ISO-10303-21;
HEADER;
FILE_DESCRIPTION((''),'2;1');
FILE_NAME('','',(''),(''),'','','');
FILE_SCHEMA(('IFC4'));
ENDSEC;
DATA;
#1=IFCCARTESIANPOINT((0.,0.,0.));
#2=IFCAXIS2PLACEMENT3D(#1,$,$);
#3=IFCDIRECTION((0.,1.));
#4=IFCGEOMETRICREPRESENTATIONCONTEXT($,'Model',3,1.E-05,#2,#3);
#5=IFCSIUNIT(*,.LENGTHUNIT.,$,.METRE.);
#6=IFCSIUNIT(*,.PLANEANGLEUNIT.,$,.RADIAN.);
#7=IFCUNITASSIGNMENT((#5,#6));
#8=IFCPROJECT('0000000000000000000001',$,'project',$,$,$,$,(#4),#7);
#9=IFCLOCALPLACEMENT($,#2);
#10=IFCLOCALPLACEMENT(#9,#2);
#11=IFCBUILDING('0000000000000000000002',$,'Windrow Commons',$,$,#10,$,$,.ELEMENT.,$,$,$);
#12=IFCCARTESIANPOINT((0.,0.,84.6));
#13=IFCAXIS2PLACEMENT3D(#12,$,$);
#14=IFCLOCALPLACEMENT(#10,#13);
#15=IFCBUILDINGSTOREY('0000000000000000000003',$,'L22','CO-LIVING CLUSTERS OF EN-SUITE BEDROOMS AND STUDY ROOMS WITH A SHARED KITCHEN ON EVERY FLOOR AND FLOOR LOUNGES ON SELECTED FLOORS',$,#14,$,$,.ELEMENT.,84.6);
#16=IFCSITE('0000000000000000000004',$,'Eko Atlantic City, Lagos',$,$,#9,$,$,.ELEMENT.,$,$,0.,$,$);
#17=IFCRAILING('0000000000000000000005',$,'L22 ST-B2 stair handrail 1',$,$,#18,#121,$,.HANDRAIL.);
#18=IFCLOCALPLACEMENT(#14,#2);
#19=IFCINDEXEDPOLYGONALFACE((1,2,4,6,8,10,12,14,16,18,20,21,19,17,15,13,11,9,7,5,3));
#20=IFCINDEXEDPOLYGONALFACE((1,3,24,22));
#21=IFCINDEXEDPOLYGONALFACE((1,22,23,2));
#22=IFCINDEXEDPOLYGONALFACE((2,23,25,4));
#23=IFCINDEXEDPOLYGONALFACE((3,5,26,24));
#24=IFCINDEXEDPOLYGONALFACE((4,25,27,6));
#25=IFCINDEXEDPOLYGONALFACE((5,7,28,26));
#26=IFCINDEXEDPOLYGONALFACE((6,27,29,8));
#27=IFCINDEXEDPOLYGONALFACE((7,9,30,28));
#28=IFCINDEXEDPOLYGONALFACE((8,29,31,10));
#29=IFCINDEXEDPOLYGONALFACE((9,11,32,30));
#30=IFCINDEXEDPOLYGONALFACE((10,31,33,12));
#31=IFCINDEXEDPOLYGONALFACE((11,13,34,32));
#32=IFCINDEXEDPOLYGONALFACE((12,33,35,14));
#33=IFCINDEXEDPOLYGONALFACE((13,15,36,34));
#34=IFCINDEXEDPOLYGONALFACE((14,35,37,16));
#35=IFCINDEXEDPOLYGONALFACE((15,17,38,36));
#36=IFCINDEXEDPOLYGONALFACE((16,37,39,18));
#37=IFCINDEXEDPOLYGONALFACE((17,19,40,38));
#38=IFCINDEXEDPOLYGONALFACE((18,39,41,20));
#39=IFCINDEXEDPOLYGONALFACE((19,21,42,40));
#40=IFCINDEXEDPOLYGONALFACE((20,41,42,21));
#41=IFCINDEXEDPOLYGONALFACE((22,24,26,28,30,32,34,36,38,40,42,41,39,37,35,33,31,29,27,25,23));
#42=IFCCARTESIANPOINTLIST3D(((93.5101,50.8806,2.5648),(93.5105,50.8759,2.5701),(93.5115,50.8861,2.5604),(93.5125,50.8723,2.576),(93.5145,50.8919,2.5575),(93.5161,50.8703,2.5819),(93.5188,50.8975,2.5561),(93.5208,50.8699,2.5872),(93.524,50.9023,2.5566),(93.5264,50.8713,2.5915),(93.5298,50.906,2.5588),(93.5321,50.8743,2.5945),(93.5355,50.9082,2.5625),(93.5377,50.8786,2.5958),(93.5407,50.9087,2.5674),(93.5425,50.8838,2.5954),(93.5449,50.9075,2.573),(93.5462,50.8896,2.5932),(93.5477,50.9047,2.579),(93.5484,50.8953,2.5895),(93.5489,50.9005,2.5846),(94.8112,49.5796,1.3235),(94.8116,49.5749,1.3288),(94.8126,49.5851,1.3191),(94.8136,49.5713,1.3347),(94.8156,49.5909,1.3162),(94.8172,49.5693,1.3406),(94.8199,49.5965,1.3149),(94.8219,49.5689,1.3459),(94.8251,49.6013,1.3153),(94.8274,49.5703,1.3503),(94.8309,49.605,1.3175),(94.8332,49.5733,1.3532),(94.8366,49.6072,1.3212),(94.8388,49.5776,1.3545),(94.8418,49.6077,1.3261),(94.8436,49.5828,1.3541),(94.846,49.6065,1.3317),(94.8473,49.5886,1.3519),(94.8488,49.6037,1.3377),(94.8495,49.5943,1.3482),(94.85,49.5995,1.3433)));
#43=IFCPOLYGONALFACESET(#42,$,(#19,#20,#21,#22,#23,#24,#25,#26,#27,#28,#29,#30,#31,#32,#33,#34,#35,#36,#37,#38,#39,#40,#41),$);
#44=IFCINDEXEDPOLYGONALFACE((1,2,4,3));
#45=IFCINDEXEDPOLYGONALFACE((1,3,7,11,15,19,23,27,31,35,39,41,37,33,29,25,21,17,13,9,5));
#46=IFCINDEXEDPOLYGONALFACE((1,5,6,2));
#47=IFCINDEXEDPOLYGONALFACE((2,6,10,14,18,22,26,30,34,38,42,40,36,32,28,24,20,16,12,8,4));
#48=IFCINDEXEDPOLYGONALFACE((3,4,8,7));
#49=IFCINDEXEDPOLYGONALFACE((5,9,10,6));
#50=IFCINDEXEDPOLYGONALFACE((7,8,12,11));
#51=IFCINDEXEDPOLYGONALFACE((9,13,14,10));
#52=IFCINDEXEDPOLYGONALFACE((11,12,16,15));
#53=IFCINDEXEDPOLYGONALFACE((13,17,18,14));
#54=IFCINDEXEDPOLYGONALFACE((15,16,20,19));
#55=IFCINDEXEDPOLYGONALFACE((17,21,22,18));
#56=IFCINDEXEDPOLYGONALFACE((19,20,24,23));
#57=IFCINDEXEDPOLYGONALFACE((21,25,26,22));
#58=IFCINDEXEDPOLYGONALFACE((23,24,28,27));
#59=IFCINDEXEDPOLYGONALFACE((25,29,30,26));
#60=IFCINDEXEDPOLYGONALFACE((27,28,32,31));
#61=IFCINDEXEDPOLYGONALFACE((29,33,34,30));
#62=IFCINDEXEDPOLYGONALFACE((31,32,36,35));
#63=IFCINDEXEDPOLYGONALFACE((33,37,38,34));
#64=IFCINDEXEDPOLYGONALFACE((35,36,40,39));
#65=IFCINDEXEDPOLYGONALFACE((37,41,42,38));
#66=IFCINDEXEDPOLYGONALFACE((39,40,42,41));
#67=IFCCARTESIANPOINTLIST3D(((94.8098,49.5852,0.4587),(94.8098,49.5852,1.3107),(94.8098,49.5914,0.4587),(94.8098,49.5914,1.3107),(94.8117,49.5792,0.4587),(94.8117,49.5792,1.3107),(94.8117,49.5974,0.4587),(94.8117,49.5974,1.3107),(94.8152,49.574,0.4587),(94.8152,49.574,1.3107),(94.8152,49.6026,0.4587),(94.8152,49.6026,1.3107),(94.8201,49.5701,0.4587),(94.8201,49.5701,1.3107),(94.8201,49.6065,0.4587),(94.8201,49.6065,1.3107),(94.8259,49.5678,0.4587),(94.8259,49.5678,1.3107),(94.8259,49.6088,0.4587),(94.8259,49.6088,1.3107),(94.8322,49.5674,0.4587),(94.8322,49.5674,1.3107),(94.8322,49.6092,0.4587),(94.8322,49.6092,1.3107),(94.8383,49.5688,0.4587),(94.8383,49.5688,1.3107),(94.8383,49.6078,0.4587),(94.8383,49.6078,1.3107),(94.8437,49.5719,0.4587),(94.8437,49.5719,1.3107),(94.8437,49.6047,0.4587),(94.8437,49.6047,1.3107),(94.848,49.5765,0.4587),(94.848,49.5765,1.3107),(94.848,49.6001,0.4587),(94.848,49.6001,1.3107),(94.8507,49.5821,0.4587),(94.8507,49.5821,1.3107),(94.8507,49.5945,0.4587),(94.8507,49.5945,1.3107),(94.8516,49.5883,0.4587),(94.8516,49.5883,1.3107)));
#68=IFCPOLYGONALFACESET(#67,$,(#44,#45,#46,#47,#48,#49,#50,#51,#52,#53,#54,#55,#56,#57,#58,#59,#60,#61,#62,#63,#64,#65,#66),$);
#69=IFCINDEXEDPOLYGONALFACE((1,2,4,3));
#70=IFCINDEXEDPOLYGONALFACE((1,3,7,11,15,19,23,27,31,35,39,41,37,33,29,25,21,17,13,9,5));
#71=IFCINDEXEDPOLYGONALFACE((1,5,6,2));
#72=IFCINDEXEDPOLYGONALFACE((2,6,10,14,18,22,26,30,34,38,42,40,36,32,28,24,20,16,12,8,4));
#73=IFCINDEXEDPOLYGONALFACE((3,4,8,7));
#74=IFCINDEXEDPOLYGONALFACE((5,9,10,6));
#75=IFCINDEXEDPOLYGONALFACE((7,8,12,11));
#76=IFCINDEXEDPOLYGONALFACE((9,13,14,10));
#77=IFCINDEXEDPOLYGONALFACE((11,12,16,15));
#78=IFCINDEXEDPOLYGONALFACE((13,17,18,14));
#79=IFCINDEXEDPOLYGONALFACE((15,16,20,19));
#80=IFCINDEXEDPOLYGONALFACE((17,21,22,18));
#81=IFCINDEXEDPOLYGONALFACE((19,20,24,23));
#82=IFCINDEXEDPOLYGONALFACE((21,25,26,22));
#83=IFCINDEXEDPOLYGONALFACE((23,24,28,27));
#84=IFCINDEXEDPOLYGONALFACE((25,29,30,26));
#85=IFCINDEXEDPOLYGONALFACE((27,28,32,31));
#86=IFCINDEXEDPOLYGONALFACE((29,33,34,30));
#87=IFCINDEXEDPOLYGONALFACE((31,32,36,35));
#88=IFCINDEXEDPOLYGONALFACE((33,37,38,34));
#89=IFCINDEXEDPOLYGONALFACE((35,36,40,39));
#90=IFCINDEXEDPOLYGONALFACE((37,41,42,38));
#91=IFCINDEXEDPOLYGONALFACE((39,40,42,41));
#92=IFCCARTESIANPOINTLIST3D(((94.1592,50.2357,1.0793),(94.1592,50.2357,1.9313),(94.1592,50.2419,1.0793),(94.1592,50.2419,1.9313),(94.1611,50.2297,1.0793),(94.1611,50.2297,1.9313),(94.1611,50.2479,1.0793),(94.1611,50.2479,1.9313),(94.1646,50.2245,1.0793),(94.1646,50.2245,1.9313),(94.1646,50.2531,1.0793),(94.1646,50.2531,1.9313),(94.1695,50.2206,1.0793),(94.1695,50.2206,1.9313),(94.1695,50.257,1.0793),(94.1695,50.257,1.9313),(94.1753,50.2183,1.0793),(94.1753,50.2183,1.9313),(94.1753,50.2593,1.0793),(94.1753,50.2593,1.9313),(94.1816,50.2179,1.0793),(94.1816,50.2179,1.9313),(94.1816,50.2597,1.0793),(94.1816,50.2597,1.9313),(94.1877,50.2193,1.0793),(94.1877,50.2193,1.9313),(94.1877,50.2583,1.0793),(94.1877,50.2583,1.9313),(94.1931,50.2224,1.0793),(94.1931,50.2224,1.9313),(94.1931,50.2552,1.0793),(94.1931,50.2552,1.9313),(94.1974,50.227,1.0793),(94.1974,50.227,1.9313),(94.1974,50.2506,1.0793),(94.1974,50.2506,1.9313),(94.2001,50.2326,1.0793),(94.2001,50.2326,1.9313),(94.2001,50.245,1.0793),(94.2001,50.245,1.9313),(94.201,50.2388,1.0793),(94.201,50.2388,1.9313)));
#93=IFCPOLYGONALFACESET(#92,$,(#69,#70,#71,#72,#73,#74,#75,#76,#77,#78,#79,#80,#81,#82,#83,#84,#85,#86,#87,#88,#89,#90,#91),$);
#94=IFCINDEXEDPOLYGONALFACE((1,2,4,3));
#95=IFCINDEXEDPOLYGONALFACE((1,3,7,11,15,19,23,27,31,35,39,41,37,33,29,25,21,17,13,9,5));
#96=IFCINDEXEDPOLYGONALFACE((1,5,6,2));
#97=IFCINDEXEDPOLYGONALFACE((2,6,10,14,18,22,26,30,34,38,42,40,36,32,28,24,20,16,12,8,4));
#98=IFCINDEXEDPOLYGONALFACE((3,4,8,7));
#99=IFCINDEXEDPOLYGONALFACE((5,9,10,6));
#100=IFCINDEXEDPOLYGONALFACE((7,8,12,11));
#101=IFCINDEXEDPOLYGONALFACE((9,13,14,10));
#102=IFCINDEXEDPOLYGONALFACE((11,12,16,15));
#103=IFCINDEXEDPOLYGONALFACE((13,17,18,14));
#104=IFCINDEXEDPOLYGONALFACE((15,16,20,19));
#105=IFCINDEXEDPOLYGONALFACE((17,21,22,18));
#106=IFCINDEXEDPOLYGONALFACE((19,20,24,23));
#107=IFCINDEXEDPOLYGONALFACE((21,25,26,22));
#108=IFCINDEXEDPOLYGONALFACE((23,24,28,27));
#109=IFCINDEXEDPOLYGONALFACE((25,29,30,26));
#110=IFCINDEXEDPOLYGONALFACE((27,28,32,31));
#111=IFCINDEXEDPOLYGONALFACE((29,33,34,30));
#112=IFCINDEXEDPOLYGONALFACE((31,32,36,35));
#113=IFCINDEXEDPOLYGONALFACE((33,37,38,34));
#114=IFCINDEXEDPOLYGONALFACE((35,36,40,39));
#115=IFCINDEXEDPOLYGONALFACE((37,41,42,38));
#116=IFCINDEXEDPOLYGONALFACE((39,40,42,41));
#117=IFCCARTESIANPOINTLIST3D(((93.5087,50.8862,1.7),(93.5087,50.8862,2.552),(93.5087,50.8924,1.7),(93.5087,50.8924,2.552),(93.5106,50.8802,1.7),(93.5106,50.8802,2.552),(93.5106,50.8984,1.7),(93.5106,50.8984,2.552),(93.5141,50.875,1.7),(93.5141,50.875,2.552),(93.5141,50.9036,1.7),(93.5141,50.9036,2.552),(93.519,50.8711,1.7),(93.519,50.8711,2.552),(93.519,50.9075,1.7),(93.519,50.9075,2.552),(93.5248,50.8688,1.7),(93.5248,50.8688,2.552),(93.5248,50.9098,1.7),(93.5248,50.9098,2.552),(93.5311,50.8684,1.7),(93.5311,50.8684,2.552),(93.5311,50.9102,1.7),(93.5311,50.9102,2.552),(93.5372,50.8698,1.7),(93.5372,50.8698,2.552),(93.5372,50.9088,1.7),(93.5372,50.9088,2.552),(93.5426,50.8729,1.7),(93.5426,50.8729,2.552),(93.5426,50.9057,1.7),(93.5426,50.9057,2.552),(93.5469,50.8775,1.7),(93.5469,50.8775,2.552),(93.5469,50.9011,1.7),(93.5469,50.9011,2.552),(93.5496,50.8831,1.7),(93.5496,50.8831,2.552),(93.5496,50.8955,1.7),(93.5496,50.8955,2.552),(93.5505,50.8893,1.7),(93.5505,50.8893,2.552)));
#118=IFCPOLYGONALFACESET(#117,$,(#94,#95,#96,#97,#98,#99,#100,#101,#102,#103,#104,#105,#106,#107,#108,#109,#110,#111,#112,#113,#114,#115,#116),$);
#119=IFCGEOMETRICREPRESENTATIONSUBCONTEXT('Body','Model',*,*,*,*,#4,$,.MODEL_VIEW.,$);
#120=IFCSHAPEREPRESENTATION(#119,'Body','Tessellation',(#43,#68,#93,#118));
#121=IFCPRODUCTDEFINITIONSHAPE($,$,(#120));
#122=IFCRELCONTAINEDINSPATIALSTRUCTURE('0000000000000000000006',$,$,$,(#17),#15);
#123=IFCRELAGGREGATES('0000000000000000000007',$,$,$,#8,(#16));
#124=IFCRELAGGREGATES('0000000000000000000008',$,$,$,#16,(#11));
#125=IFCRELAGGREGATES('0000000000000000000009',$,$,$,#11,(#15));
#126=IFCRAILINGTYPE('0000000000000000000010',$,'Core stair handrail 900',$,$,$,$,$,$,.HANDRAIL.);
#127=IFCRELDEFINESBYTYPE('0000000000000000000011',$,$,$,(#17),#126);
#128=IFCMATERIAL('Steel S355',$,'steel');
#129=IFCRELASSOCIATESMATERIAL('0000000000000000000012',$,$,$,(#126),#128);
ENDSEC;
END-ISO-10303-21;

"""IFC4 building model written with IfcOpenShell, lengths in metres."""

from ifc_helpers import new_model, si_unit, direction, frame, origin, origin_2d, place, context, subcontext, project, spatial, circle, extrude, material, type_object, element, save


model = new_model("IFC4")

# Units and contexts
model_context = context("Model", 3, precision=1e-05, world=origin(), true_north=direction((0.0, 1.0)))
body_context = subcontext(model_context, "Body", "Model", "MODEL_VIEW")
ifc_project = project(units=[si_unit("LENGTHUNIT", "METRE"), si_unit("PLANEANGLEUNIT", "RADIAN")], contexts=[model_context])

# Site, building, storey
site_placement = place(None, origin())
site = spatial("IfcSite", under=ifc_project, at=site_placement, Name="Eko Atlantic City, Lagos", CompositionType="ELEMENT", RefElevation=0.0)
building_placement = place(site_placement, origin())
building = spatial("IfcBuilding", under=site, at=building_placement, Name="Windrow Commons", CompositionType="ELEMENT")
storey_placement = place(building_placement, frame((0.0, 0.0, 84.6)))
storey = spatial("IfcBuildingStorey", under=building, at=storey_placement, Name="L22", Description="CO-LIVING CLUSTERS OF EN-SUITE BEDROOMS AND STUDY ROOMS WITH A SHARED KITCHEN ON EVERY FLOOR AND FLOOR LOUNGES ON SELECTED FLOORS", CompositionType="ELEMENT", Elevation=84.6)

# Railing
ifc_material_1 = material(Name="Steel S355", Category="steel")
railing_type_1 = type_object("IfcRailingType", Name="Core stair handrail 900", PredefinedType="HANDRAIL", material=ifc_material_1)
railing_1_placement = place(storey_placement, frame((94.8306, 49.5883, 0.4587)))
element("IfcRailing", 1, at=railing_1_placement, inside=storey, type_object=railing_type_1, Name="L22 ST-B2 stair handrail 1", PredefinedType="HANDRAIL", context=body_context, shape_type="SweptSolid", body=[
    extrude(circle(Radius=0.024, at=origin_2d()), frame((0.0, 0.0, 0.876), z_axis=(-0.586207, 0.586162, 0.559264), x_axis=(-0.70708, -0.707134, 0.0)), (0.0, 0.0, 1.0), 2.2195),
    extrude(circle(Radius=0.021, at=origin_2d()), origin(), (0.0, 0.0, 1.0), 0.852),
    extrude(circle(Radius=0.021, at=origin_2d()), frame((-0.6506, 0.6505, 0.6206)), (0.0, 0.0, 1.0), 0.852),
    extrude(circle(Radius=0.021, at=origin_2d()), frame((-1.3011, 1.301, 1.2413)), (0.0, 0.0, 1.0), 0.852),
])

save(model, "model.ifc")
